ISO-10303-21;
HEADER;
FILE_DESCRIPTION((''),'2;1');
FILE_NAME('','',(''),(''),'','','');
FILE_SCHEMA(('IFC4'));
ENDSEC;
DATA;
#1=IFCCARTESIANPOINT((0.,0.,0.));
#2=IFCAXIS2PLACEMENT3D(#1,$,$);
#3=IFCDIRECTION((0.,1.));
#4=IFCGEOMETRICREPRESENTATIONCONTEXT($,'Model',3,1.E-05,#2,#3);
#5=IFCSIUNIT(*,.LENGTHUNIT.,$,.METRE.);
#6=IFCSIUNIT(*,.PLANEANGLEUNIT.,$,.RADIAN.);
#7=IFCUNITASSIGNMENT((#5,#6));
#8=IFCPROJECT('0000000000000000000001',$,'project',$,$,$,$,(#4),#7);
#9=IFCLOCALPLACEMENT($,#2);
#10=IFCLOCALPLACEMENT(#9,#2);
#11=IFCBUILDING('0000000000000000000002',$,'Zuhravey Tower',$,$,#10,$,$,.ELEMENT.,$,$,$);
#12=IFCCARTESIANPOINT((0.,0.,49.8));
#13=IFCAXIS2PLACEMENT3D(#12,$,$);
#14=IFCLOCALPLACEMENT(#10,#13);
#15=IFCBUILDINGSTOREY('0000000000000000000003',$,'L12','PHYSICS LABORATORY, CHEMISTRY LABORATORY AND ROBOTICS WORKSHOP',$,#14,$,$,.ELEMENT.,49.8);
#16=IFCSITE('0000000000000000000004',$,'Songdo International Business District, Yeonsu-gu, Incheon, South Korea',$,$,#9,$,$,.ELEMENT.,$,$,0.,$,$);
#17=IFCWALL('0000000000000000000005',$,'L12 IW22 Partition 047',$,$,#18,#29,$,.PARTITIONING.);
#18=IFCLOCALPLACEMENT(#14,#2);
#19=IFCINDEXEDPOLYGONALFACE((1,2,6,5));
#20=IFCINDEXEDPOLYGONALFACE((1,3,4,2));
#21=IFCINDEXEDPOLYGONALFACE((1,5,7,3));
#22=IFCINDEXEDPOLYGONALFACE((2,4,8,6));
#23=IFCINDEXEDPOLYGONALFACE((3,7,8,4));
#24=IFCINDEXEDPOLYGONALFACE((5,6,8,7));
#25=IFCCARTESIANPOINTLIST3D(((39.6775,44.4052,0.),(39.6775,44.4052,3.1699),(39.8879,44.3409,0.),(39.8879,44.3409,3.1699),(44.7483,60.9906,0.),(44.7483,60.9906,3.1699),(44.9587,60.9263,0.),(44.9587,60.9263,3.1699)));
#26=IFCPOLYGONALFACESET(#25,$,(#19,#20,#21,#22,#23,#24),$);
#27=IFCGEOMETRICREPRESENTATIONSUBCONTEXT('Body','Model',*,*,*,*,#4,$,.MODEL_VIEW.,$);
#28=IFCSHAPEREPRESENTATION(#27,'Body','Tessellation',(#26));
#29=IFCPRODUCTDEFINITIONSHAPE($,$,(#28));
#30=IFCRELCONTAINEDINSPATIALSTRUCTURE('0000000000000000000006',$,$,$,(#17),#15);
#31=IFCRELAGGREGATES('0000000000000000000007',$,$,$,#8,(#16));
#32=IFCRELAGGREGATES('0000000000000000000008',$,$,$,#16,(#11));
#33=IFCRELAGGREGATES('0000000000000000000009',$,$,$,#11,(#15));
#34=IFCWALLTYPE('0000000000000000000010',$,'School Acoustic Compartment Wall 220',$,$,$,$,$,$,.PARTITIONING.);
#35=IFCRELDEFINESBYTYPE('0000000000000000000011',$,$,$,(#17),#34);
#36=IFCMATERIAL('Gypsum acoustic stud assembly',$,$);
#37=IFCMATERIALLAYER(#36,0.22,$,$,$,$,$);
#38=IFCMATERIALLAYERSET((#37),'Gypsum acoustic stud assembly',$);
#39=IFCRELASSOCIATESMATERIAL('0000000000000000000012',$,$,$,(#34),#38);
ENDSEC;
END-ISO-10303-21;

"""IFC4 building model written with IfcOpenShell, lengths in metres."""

from ifc_helpers import new_model, si_unit, direction, frame, frame_2d, origin, place, context, subcontext, project, spatial, rectangle, extrude, material, layer, layer_set, type_object, element, save


model = new_model("IFC4")

# Units and contexts
model_context = context("Model", 3, precision=1e-05, world=origin(), true_north=direction((0.0, 1.0)))
body_context = subcontext(model_context, "Body", "Model", "MODEL_VIEW")
ifc_project = project(units=[si_unit("LENGTHUNIT", "METRE"), si_unit("PLANEANGLEUNIT", "RADIAN")], contexts=[model_context])

# Site, building, storey
site_placement = place(None, origin())
site = spatial("IfcSite", under=ifc_project, at=site_placement, Name="Songdo International Business District, Yeonsu-gu, Incheon, South Korea", CompositionType="ELEMENT", RefElevation=0.0)
building_placement = place(site_placement, origin())
building = spatial("IfcBuilding", under=site, at=building_placement, Name="Zuhravey Tower", CompositionType="ELEMENT")
storey_placement = place(building_placement, frame((0.0, 0.0, 49.8)))
storey = spatial("IfcBuildingStorey", under=building, at=storey_placement, Name="L12", Description="PHYSICS LABORATORY, CHEMISTRY LABORATORY AND ROBOTICS WORKSHOP", CompositionType="ELEMENT", Elevation=49.8)

# Wall
ifc_material_1 = material(Name="Gypsum acoustic stud assembly")
ifc_layer_1 = layer(ifc_material_1, 0.22)
ifc_layer_set_1 = layer_set([ifc_layer_1], Name="Gypsum acoustic stud assembly")
wall_type_1 = type_object("IfcWallType", Name="School Acoustic Compartment Wall 220", PredefinedType="PARTITIONING", material=ifc_layer_set_1)
wall_1_placement = place(storey_placement, frame((39.7827, 44.373, 0.0), z_axis=(0.0, 0.0, 1.0), x_axis=(0.292378, 0.956303, 0.0)))
element("IfcWall", 1, at=wall_1_placement, inside=storey, type_object=wall_type_1, Name="L12 IW22 Partition 047", PredefinedType="PARTITIONING", context=body_context, shape_type="SweptSolid", body=[
    extrude(rectangle(XDim=17.3433, YDim=0.22, at=frame_2d((8.6716, 0.0))), origin(), (0.0, 0.0, 1.0), 3.1699),
])

save(model, "model.ifc")
